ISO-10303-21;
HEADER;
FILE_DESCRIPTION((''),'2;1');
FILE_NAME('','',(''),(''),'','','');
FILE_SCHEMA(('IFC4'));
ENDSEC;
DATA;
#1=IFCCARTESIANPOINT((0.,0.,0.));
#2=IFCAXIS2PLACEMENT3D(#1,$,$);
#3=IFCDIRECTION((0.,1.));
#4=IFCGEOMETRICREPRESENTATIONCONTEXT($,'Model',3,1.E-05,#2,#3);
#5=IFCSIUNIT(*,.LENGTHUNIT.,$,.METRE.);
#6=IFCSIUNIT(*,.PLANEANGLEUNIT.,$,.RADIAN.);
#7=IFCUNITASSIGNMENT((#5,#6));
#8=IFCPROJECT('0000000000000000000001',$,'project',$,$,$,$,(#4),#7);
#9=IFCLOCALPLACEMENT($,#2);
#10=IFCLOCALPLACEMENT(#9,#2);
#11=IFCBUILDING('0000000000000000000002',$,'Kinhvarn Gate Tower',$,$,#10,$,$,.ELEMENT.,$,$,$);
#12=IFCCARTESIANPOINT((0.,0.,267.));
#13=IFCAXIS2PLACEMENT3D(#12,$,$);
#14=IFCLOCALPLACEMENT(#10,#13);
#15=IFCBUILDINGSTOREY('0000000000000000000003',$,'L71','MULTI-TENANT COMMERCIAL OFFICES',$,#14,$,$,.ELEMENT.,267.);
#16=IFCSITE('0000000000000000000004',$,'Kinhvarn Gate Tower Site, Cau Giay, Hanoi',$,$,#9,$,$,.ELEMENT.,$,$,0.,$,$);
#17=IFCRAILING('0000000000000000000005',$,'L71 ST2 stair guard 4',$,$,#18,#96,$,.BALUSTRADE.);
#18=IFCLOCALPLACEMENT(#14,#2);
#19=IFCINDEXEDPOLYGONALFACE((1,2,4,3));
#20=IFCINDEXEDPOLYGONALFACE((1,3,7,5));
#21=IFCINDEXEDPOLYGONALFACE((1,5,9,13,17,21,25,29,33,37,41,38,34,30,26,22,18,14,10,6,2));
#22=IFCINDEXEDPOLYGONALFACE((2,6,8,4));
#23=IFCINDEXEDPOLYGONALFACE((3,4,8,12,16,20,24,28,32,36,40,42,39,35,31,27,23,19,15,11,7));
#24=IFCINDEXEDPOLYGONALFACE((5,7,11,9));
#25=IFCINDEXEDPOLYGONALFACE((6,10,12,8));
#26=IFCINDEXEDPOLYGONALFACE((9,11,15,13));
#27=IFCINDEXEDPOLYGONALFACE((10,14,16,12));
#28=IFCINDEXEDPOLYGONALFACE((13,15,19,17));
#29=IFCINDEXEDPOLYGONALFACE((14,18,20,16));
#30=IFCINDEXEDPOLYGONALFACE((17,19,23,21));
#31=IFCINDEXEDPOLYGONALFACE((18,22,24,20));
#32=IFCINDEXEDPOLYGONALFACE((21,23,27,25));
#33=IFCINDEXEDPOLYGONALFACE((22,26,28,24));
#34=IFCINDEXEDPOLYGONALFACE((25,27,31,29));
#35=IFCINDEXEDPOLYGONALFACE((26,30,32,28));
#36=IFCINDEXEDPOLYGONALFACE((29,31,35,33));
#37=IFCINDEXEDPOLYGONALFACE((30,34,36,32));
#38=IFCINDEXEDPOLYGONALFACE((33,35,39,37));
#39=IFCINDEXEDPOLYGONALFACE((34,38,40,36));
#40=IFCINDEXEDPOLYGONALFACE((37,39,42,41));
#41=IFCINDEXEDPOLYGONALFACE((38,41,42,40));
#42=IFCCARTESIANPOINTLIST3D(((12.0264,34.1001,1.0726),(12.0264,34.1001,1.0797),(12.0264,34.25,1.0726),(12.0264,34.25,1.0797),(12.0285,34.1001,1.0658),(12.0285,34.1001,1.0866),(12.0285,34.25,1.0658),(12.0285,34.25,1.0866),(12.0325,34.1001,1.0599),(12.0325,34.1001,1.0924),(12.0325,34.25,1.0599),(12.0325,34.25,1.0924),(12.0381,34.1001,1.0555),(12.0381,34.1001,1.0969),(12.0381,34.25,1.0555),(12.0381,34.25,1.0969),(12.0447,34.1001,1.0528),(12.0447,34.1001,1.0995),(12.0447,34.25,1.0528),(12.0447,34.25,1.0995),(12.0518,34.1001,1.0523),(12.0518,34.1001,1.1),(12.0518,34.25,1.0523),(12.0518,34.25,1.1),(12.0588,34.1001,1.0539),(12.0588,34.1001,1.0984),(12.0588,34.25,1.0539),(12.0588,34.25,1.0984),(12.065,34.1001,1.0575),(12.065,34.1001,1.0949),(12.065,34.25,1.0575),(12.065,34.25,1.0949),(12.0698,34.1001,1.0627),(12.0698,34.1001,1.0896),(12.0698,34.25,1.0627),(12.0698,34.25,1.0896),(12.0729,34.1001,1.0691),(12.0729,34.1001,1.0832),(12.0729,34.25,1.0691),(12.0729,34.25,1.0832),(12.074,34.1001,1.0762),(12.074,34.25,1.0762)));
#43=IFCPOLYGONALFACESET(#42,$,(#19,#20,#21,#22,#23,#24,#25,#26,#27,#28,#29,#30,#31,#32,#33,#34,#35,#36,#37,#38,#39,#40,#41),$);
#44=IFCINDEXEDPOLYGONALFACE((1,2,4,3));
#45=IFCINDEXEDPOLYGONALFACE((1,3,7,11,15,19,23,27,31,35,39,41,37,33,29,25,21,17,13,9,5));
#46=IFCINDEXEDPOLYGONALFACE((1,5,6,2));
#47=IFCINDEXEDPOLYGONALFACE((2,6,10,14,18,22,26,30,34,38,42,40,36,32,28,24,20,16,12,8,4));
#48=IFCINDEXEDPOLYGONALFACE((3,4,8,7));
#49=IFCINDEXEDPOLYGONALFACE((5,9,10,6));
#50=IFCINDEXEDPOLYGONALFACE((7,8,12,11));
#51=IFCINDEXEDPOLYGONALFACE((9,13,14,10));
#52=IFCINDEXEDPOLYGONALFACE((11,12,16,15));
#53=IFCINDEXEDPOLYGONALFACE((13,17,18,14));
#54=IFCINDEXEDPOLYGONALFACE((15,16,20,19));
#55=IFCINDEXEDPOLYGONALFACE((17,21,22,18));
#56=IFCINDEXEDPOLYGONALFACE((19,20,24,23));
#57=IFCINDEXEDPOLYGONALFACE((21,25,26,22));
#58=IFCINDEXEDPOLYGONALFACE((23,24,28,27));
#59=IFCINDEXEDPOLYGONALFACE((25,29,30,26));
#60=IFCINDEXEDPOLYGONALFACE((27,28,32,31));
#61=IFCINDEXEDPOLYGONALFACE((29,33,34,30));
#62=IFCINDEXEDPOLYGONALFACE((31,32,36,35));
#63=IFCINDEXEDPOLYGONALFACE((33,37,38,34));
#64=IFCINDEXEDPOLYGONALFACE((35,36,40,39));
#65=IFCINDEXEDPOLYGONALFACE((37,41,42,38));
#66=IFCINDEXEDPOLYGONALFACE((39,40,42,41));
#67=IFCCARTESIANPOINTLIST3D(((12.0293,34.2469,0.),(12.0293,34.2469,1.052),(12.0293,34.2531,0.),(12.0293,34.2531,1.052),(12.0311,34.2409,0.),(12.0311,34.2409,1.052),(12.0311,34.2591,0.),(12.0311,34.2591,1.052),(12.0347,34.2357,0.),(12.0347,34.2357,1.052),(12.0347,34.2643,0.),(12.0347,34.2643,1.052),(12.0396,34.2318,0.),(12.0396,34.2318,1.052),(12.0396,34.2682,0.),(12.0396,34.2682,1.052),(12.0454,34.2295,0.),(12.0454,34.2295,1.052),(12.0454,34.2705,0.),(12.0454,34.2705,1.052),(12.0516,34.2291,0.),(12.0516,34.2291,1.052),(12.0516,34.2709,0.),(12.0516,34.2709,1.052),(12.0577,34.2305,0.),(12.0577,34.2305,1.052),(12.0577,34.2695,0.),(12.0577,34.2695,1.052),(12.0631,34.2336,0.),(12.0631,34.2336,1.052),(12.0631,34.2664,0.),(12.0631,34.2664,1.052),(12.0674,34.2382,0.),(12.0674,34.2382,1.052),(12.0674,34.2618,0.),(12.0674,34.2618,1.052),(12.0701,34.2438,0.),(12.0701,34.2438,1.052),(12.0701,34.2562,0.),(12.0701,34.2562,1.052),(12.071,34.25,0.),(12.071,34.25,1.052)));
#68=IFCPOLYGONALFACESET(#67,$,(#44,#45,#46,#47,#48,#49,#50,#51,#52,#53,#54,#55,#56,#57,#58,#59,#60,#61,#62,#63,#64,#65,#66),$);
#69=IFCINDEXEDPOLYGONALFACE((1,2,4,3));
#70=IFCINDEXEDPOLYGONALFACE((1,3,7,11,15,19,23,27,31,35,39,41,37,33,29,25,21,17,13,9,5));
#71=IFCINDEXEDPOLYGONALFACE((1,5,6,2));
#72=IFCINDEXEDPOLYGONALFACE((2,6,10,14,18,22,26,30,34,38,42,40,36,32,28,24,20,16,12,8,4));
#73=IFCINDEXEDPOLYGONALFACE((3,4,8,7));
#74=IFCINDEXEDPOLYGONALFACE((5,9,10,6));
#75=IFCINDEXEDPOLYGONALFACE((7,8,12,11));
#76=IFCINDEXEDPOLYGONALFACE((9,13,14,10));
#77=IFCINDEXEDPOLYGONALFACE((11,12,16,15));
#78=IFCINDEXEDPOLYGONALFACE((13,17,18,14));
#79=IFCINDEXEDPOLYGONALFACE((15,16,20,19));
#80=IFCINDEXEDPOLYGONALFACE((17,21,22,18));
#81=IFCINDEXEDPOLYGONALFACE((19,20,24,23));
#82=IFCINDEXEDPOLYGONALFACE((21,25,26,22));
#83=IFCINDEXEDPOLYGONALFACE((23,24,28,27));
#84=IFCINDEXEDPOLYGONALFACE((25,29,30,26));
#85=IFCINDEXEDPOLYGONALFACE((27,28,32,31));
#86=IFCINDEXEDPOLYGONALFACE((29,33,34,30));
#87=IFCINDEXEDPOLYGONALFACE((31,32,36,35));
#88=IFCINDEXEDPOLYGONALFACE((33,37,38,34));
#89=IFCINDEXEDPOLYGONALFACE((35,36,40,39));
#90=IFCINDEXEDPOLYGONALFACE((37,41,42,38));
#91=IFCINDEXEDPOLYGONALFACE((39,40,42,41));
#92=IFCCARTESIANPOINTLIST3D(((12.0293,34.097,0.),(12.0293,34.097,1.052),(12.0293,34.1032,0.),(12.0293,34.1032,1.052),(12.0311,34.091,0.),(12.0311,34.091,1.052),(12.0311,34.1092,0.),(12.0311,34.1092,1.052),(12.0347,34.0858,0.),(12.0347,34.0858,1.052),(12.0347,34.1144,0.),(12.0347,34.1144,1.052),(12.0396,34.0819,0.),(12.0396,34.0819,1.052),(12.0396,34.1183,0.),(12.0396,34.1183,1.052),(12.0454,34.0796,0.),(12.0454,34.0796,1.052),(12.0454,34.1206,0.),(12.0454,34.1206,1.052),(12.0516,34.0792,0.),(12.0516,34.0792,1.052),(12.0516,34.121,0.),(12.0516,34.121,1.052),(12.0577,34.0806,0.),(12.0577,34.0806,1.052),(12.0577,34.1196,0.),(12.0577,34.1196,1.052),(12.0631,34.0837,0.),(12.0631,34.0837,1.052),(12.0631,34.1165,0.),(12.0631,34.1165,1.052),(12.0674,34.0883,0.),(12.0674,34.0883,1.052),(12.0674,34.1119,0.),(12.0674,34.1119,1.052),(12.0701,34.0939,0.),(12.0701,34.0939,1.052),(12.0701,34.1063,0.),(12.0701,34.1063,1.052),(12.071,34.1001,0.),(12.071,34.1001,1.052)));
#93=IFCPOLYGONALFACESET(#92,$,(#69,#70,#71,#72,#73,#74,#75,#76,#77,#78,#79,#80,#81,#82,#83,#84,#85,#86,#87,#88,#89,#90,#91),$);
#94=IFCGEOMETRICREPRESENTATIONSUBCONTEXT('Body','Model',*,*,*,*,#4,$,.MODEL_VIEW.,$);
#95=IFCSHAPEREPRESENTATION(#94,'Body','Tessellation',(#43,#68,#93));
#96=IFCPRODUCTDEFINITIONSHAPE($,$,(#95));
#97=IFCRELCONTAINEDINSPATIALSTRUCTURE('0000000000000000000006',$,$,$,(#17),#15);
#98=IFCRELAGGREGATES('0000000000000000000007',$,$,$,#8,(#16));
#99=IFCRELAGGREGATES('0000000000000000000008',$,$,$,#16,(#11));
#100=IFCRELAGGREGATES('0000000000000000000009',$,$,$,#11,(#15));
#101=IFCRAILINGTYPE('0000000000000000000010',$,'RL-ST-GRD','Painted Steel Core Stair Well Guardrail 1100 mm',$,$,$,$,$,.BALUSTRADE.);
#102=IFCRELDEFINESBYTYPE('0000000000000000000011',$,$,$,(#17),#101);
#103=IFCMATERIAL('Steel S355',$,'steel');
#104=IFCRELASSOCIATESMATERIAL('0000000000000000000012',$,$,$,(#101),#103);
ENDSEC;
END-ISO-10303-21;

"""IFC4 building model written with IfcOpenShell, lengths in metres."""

from ifc_helpers import new_model, si_unit, direction, frame, origin, origin_2d, place, context, subcontext, project, spatial, circle, extrude, material, type_object, element, save


model = new_model("IFC4")

# Units and contexts
model_context = context("Model", 3, precision=1e-05, world=origin(), true_north=direction((0.0, 1.0)))
body_context = subcontext(model_context, "Body", "Model", "MODEL_VIEW")
ifc_project = project(units=[si_unit("LENGTHUNIT", "METRE"), si_unit("PLANEANGLEUNIT", "RADIAN")], contexts=[model_context])

# Site, building, storey
site_placement = place(None, origin())
site = spatial("IfcSite", under=ifc_project, at=site_placement, Name="Kinhvarn Gate Tower Site, Cau Giay, Hanoi", CompositionType="ELEMENT", RefElevation=0.0)
building_placement = place(site_placement, origin())
building = spatial("IfcBuilding", under=site, at=building_placement, Name="Kinhvarn Gate Tower", CompositionType="ELEMENT")
storey_placement = place(building_placement, frame((0.0, 0.0, 267.0)))
storey = spatial("IfcBuildingStorey", under=building, at=storey_placement, Name="L71", Description="MULTI-TENANT COMMERCIAL OFFICES", CompositionType="ELEMENT", Elevation=267.0)

# Railing
ifc_material_1 = material(Name="Steel S355", Category="steel")
railing_type_1 = type_object("IfcRailingType", Name="RL-ST-GRD", Description="Painted Steel Core Stair Well Guardrail 1100 mm", PredefinedType="BALUSTRADE", material=ifc_material_1)
railing_1_placement = place(storey_placement, frame((12.05, 34.25, 0.0)))
element("IfcRailing", 1, at=railing_1_placement, inside=storey, type_object=railing_type_1, Name="L71 ST2 stair guard 4", PredefinedType="BALUSTRADE", context=body_context, shape_type="SweptSolid", body=[
    extrude(circle(Radius=0.0239, at=origin_2d()), frame((0.0, 0.0, 1.0762), z_axis=(0.0, -1.0, 0.0), x_axis=(1.0, 0.0, 0.0)), (0.0, 0.0, 1.0), 0.1499),
    extrude(circle(Radius=0.021, at=origin_2d()), origin(), (0.0, 0.0, 1.0), 1.052),
    extrude(circle(Radius=0.021, at=origin_2d()), frame((0.0, -0.1499, 0.0)), (0.0, 0.0, 1.0), 1.052),
])

save(model, "model.ifc")
